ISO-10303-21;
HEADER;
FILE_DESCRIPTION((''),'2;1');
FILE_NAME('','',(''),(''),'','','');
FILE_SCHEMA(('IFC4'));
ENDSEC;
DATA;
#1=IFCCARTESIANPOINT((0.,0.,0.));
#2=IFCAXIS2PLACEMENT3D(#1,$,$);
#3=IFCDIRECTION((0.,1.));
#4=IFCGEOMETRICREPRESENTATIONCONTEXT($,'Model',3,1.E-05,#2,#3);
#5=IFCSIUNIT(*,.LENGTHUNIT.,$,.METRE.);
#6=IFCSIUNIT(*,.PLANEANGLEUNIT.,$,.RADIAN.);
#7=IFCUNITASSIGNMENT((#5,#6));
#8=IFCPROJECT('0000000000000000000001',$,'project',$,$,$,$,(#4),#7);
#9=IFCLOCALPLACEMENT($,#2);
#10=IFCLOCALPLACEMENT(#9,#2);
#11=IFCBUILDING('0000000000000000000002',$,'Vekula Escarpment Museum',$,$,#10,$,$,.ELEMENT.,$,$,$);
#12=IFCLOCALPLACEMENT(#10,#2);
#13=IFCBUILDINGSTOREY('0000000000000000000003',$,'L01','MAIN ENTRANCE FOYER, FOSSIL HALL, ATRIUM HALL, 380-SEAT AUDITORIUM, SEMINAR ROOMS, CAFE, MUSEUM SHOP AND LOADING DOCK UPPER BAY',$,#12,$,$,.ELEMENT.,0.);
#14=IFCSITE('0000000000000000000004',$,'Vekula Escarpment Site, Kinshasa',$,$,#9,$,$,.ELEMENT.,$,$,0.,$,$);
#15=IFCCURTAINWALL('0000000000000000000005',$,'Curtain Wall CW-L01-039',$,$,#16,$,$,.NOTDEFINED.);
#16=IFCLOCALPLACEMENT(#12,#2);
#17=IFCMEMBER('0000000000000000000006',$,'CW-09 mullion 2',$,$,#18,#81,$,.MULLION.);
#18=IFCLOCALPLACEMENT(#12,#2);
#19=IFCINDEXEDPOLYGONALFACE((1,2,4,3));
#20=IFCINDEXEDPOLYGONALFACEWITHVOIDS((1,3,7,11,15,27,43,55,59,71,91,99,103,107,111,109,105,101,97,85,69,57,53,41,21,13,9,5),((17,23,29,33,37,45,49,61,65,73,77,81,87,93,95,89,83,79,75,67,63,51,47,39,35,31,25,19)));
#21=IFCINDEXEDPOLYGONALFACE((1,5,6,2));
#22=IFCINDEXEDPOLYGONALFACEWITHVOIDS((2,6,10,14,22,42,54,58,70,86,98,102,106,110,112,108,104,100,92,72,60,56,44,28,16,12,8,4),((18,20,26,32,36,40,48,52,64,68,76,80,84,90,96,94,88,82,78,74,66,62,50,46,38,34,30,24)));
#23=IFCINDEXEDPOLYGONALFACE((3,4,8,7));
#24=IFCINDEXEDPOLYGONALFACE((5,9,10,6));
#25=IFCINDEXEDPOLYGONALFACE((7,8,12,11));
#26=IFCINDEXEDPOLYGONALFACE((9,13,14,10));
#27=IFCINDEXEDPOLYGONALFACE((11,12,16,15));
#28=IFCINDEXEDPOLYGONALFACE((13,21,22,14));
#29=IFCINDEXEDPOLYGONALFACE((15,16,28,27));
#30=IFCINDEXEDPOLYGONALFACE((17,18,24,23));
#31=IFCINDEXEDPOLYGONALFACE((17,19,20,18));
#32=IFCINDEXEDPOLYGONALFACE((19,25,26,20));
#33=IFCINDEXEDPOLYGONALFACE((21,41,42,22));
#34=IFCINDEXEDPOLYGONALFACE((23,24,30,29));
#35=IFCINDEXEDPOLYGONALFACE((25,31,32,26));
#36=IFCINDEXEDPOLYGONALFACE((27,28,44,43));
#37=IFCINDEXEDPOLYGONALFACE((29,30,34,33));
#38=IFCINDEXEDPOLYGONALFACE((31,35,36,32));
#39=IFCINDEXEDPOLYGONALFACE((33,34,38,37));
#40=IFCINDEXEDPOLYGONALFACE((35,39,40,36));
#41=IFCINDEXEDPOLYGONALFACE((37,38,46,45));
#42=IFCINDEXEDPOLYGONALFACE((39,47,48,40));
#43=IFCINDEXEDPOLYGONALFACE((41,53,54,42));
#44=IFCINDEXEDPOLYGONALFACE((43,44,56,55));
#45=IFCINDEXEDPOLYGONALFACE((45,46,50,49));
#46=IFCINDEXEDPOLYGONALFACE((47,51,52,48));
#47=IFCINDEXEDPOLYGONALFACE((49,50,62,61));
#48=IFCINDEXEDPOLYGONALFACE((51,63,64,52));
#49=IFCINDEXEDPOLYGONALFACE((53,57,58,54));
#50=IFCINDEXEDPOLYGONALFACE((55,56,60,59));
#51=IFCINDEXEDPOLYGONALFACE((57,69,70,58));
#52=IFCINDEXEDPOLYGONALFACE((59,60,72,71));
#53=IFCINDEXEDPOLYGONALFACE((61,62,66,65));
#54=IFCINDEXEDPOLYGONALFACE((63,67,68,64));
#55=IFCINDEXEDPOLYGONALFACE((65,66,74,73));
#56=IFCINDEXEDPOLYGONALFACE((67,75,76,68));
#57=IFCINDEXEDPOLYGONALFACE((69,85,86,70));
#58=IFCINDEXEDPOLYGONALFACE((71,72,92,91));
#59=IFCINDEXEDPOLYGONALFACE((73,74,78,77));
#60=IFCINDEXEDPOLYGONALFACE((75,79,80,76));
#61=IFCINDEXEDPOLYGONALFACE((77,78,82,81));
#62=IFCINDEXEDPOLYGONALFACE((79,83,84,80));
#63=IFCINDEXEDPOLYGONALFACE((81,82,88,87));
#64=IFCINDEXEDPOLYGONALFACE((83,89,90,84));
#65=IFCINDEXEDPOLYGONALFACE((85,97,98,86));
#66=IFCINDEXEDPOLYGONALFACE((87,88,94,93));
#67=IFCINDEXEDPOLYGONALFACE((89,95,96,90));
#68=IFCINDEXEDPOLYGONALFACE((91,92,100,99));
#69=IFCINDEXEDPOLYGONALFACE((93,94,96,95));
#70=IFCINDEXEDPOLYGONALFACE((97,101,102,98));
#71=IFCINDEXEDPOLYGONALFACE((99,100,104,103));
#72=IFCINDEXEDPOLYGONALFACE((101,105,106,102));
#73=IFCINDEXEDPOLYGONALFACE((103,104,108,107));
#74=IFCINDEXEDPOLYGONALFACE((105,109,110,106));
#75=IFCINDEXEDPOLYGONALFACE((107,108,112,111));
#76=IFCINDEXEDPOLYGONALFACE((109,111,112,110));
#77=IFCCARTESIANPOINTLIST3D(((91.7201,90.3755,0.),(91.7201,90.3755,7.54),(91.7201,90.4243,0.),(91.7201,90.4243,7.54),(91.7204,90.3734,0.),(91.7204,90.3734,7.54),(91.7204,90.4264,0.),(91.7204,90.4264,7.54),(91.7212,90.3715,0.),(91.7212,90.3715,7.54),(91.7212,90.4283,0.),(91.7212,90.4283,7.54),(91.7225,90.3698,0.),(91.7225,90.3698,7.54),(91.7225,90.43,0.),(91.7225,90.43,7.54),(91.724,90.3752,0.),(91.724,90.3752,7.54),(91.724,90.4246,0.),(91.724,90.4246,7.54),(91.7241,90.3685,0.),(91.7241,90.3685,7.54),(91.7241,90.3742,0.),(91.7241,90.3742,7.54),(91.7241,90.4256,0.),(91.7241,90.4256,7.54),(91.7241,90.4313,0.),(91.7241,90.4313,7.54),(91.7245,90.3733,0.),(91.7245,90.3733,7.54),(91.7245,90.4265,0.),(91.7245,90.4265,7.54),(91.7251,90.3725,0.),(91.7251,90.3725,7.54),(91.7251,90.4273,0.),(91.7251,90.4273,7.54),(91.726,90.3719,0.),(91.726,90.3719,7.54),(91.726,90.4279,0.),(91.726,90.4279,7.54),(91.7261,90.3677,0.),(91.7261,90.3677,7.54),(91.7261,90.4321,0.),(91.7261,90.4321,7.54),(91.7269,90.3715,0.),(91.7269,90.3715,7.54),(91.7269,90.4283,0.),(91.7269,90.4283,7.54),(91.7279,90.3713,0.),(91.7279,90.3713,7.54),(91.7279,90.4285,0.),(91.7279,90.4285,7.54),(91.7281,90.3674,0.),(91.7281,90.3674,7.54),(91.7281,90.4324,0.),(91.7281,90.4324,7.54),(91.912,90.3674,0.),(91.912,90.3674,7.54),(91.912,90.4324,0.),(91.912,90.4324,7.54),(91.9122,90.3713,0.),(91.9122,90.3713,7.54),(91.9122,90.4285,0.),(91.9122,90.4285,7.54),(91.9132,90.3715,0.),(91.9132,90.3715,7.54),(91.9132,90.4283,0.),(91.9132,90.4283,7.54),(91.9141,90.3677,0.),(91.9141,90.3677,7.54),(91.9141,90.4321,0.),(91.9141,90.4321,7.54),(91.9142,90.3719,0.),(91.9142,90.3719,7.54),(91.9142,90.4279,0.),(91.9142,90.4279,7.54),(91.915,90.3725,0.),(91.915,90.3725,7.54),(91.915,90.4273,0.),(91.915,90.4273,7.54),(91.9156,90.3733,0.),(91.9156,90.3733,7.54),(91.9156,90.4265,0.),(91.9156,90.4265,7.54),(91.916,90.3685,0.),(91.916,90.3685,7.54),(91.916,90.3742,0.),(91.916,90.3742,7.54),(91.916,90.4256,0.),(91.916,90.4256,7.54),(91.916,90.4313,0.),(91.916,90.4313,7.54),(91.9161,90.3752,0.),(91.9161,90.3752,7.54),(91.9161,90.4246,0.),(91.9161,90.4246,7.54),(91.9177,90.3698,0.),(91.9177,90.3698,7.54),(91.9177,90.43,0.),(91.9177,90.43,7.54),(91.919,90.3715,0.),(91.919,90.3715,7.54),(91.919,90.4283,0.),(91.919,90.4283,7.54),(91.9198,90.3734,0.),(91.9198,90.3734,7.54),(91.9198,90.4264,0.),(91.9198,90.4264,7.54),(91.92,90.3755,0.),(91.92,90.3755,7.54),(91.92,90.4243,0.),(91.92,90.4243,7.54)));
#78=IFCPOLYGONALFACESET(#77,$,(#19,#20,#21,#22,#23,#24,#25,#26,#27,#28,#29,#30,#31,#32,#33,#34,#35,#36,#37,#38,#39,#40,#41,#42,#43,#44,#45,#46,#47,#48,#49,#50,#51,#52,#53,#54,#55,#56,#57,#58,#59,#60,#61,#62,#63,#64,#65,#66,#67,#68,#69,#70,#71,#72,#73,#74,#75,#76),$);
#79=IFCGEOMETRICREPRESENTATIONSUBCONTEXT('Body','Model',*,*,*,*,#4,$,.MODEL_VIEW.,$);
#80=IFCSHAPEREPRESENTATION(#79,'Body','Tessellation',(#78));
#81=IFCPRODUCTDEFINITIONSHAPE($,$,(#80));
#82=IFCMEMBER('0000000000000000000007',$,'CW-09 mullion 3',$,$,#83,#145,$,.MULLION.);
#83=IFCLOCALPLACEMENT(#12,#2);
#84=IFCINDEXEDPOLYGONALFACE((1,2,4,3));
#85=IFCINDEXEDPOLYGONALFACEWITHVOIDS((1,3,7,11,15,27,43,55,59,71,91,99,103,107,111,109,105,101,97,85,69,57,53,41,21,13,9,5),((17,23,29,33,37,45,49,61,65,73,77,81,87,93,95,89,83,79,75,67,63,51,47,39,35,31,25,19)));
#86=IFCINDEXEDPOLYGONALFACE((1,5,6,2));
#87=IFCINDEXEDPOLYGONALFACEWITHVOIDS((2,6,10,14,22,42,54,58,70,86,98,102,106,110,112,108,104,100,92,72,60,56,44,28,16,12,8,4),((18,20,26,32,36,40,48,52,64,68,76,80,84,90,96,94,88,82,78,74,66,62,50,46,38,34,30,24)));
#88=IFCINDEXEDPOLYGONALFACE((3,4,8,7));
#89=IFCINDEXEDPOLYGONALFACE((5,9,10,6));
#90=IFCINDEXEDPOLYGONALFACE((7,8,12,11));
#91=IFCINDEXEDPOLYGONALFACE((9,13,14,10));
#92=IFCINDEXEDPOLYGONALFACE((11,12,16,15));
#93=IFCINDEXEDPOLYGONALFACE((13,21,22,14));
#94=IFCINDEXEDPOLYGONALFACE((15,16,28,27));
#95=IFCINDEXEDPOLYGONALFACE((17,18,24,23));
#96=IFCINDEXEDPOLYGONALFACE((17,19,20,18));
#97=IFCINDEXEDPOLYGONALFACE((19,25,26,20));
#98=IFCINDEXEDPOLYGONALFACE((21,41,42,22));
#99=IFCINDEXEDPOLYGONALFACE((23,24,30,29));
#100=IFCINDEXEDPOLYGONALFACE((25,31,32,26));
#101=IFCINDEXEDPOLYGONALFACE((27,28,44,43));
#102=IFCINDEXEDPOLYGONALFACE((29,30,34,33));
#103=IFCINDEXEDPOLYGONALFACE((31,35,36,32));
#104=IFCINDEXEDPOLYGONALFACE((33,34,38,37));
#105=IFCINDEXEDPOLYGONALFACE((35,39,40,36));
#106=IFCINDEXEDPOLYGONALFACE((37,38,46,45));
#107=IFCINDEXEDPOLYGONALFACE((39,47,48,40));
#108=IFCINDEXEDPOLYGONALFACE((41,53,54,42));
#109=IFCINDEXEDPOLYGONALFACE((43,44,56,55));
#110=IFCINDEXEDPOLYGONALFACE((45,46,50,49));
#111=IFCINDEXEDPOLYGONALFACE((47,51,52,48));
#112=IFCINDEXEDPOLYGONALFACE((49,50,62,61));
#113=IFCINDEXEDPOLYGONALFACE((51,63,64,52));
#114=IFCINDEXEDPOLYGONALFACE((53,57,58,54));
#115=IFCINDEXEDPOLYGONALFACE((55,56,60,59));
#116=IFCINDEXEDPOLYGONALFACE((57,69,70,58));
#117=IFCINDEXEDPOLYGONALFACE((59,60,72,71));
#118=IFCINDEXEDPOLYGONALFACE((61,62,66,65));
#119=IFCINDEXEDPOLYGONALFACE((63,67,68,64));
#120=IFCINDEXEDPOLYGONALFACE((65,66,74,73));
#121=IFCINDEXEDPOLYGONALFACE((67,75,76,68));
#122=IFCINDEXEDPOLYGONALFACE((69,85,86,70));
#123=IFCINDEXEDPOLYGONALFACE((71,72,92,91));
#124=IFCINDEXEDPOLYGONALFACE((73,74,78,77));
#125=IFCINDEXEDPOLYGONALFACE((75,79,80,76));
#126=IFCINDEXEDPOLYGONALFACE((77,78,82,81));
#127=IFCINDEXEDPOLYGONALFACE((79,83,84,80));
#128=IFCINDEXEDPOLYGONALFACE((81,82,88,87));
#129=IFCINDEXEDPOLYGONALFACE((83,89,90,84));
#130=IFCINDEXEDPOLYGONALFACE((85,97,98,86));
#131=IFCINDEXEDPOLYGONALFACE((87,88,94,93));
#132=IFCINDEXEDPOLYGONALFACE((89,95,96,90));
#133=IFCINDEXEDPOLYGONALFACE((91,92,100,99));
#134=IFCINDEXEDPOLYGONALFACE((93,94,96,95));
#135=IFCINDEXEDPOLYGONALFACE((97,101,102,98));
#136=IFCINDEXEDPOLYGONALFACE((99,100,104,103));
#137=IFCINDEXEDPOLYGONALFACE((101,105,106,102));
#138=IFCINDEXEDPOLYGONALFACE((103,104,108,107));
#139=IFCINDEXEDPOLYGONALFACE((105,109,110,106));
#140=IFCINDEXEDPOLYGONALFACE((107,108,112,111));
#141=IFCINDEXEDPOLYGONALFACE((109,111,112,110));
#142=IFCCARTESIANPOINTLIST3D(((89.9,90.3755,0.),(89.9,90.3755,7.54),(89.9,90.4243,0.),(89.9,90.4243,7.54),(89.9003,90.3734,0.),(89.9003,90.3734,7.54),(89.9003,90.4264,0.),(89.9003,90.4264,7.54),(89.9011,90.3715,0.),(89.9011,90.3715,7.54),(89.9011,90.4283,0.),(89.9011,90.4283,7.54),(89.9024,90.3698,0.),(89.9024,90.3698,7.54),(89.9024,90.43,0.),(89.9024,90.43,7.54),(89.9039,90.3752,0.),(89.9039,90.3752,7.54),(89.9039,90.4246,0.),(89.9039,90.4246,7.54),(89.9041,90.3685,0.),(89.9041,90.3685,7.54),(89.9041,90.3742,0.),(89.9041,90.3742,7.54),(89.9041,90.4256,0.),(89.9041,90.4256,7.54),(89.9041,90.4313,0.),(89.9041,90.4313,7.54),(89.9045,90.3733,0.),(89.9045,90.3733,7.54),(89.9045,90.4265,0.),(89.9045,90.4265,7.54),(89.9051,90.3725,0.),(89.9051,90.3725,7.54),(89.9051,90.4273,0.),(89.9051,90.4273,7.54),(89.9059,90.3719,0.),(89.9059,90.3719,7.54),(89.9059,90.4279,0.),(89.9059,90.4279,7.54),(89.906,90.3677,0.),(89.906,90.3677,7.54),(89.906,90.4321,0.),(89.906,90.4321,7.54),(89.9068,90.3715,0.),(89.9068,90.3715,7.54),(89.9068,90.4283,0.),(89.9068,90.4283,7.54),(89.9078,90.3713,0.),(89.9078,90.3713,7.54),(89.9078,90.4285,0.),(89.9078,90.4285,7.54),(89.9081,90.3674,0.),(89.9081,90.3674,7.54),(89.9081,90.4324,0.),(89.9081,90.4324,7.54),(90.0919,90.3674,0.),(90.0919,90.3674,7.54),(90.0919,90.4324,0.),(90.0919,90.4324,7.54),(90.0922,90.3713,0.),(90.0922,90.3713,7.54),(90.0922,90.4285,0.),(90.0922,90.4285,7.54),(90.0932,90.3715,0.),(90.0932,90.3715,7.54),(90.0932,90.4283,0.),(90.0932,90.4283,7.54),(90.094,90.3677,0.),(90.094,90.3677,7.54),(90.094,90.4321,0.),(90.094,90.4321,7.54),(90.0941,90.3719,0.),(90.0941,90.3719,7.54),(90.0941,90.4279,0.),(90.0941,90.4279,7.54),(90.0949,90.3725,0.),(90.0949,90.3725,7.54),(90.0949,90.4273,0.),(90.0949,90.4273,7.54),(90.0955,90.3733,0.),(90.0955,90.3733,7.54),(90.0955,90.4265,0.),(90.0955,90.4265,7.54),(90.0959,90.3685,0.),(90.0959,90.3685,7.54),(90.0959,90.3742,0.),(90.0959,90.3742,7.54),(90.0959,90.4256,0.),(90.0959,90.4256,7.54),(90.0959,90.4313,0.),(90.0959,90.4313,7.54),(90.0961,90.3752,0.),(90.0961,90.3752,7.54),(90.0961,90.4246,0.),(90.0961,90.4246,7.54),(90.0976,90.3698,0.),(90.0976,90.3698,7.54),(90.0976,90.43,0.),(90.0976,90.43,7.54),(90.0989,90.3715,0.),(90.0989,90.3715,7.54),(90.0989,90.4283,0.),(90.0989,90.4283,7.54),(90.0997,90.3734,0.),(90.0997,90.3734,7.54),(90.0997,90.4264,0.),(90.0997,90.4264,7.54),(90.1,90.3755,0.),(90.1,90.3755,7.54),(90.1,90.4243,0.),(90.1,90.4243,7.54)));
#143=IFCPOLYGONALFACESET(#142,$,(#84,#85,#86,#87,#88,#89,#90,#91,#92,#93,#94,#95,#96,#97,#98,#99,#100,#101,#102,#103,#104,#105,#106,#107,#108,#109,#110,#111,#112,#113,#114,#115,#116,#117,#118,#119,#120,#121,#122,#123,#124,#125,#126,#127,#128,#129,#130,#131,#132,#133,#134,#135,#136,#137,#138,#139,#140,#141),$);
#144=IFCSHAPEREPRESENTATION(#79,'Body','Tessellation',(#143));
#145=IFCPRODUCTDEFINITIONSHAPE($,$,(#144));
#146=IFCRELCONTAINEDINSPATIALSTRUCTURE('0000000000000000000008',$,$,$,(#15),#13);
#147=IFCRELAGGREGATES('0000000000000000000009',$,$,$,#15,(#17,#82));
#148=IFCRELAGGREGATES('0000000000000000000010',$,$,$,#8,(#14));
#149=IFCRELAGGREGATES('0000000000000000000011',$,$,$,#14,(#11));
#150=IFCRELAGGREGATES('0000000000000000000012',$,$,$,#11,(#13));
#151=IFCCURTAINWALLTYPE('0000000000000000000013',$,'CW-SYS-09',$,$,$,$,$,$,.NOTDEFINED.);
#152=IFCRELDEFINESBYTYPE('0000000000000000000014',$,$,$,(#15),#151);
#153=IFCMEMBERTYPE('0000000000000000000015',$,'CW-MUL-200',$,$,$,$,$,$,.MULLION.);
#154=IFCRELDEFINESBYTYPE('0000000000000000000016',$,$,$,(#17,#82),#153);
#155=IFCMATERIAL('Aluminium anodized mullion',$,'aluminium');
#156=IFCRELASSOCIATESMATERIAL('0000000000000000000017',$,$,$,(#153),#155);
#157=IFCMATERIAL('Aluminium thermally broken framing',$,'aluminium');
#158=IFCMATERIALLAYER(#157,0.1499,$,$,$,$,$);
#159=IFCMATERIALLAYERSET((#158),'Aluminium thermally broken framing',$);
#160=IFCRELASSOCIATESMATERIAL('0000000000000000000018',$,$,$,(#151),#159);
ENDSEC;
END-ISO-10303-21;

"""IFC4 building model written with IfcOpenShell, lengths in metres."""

from ifc_helpers import new_model, si_unit, direction, frame, origin, origin_2d, place, context, subcontext, project, spatial, hollow_rectangle, extrude, material, layer, layer_set, material_profile, profile_set, type_object, element, aggregate, save


model = new_model("IFC4")

# Units and contexts
model_context = context("Model", 3, precision=1e-05, world=origin(), true_north=direction((0.0, 1.0)))
body_context = subcontext(model_context, "Body", "Model", "MODEL_VIEW")
ifc_project = project(units=[si_unit("LENGTHUNIT", "METRE"), si_unit("PLANEANGLEUNIT", "RADIAN")], contexts=[model_context])

# Site, building, storey
site_placement = place(None, origin())
site = spatial("IfcSite", under=ifc_project, at=site_placement, Name="Vekula Escarpment Site, Kinshasa", CompositionType="ELEMENT", RefElevation=0.0)
building_placement = place(site_placement, origin())
building = spatial("IfcBuilding", under=site, at=building_placement, Name="Vekula Escarpment Museum", CompositionType="ELEMENT")
storey_placement = place(building_placement, origin())
storey = spatial("IfcBuildingStorey", under=building, at=storey_placement, Name="L01", Description="MAIN ENTRANCE FOYER, FOSSIL HALL, ATRIUM HALL, 380-SEAT AUDITORIUM, SEMINAR ROOMS, CAFE, MUSEUM SHOP AND LOADING DOCK UPPER BAY", CompositionType="ELEMENT", Elevation=0.0)

# Shared definitions
ifc_material_1 = material(Name="Aluminium anodized mullion", Category="aluminium")
ifc_material_profile_1 = material_profile(ifc_material_1, hollow_rectangle(XDim=0.0649, YDim=0.2, WallThickness=0.0039, InnerFilletRadius=0.0039, OuterFilletRadius=0.0081, at=origin_2d()), Name="ALU 200x65x4")
ifc_profile_set_1 = profile_set([ifc_material_profile_1], Name="Aluminium anodized mullion")
member_type_1 = type_object("IfcMemberType", Name="CW-MUL-200", PredefinedType="MULLION", material=ifc_profile_set_1)

# Curtain wall, members
ifc_material_2 = material(Name="Aluminium thermally broken framing", Category="aluminium")
ifc_layer_1 = layer(ifc_material_2, 0.1499)
ifc_layer_set_1 = layer_set([ifc_layer_1], Name="Aluminium thermally broken framing")
curtain_wall_type_1 = type_object("IfcCurtainWallType", Name="CW-SYS-09", PredefinedType="NOTDEFINED", material=ifc_layer_set_1)
curtain_wall_1_placement = place(storey_placement, origin())
curtain_wall_1 = element("IfcCurtainWall", 1, at=curtain_wall_1_placement, inside=storey, type_object=curtain_wall_type_1, Name="Curtain Wall CW-L01-039", PredefinedType="NOTDEFINED")
member_1_placement = place(storey_placement, frame((91.8201, 90.3999, 0.0), z_axis=(0.0, 0.0, 1.0), x_axis=(0.0, -1.0, 0.0)))
member_1 = element("IfcMember", 2, at=member_1_placement, type_object=member_type_1, Name="CW-09 mullion 2", PredefinedType="MULLION", context=body_context, shape_type="SweptSolid", body=[
    extrude(hollow_rectangle(XDim=0.0649, YDim=0.2, WallThickness=0.0039, InnerFilletRadius=0.0039, OuterFilletRadius=0.0081, at=origin_2d()), origin(), (0.0, 0.0, 1.0), 7.54),
])
member_2_placement = place(storey_placement, frame((90.0, 90.3999, 0.0), z_axis=(0.0, 0.0, 1.0), x_axis=(0.0, -1.0, 0.0)))
member_2 = element("IfcMember", 3, at=member_2_placement, type_object=member_type_1, Name="CW-09 mullion 3", PredefinedType="MULLION", context=body_context, shape_type="SweptSolid", body=[
    extrude(hollow_rectangle(XDim=0.0649, YDim=0.2, WallThickness=0.0039, InnerFilletRadius=0.0039, OuterFilletRadius=0.0081, at=origin_2d()), origin(), (0.0, 0.0, 1.0), 7.54),
])

aggregate(curtain_wall_1, [member_1, member_2])

save(model, "model.ifc")
